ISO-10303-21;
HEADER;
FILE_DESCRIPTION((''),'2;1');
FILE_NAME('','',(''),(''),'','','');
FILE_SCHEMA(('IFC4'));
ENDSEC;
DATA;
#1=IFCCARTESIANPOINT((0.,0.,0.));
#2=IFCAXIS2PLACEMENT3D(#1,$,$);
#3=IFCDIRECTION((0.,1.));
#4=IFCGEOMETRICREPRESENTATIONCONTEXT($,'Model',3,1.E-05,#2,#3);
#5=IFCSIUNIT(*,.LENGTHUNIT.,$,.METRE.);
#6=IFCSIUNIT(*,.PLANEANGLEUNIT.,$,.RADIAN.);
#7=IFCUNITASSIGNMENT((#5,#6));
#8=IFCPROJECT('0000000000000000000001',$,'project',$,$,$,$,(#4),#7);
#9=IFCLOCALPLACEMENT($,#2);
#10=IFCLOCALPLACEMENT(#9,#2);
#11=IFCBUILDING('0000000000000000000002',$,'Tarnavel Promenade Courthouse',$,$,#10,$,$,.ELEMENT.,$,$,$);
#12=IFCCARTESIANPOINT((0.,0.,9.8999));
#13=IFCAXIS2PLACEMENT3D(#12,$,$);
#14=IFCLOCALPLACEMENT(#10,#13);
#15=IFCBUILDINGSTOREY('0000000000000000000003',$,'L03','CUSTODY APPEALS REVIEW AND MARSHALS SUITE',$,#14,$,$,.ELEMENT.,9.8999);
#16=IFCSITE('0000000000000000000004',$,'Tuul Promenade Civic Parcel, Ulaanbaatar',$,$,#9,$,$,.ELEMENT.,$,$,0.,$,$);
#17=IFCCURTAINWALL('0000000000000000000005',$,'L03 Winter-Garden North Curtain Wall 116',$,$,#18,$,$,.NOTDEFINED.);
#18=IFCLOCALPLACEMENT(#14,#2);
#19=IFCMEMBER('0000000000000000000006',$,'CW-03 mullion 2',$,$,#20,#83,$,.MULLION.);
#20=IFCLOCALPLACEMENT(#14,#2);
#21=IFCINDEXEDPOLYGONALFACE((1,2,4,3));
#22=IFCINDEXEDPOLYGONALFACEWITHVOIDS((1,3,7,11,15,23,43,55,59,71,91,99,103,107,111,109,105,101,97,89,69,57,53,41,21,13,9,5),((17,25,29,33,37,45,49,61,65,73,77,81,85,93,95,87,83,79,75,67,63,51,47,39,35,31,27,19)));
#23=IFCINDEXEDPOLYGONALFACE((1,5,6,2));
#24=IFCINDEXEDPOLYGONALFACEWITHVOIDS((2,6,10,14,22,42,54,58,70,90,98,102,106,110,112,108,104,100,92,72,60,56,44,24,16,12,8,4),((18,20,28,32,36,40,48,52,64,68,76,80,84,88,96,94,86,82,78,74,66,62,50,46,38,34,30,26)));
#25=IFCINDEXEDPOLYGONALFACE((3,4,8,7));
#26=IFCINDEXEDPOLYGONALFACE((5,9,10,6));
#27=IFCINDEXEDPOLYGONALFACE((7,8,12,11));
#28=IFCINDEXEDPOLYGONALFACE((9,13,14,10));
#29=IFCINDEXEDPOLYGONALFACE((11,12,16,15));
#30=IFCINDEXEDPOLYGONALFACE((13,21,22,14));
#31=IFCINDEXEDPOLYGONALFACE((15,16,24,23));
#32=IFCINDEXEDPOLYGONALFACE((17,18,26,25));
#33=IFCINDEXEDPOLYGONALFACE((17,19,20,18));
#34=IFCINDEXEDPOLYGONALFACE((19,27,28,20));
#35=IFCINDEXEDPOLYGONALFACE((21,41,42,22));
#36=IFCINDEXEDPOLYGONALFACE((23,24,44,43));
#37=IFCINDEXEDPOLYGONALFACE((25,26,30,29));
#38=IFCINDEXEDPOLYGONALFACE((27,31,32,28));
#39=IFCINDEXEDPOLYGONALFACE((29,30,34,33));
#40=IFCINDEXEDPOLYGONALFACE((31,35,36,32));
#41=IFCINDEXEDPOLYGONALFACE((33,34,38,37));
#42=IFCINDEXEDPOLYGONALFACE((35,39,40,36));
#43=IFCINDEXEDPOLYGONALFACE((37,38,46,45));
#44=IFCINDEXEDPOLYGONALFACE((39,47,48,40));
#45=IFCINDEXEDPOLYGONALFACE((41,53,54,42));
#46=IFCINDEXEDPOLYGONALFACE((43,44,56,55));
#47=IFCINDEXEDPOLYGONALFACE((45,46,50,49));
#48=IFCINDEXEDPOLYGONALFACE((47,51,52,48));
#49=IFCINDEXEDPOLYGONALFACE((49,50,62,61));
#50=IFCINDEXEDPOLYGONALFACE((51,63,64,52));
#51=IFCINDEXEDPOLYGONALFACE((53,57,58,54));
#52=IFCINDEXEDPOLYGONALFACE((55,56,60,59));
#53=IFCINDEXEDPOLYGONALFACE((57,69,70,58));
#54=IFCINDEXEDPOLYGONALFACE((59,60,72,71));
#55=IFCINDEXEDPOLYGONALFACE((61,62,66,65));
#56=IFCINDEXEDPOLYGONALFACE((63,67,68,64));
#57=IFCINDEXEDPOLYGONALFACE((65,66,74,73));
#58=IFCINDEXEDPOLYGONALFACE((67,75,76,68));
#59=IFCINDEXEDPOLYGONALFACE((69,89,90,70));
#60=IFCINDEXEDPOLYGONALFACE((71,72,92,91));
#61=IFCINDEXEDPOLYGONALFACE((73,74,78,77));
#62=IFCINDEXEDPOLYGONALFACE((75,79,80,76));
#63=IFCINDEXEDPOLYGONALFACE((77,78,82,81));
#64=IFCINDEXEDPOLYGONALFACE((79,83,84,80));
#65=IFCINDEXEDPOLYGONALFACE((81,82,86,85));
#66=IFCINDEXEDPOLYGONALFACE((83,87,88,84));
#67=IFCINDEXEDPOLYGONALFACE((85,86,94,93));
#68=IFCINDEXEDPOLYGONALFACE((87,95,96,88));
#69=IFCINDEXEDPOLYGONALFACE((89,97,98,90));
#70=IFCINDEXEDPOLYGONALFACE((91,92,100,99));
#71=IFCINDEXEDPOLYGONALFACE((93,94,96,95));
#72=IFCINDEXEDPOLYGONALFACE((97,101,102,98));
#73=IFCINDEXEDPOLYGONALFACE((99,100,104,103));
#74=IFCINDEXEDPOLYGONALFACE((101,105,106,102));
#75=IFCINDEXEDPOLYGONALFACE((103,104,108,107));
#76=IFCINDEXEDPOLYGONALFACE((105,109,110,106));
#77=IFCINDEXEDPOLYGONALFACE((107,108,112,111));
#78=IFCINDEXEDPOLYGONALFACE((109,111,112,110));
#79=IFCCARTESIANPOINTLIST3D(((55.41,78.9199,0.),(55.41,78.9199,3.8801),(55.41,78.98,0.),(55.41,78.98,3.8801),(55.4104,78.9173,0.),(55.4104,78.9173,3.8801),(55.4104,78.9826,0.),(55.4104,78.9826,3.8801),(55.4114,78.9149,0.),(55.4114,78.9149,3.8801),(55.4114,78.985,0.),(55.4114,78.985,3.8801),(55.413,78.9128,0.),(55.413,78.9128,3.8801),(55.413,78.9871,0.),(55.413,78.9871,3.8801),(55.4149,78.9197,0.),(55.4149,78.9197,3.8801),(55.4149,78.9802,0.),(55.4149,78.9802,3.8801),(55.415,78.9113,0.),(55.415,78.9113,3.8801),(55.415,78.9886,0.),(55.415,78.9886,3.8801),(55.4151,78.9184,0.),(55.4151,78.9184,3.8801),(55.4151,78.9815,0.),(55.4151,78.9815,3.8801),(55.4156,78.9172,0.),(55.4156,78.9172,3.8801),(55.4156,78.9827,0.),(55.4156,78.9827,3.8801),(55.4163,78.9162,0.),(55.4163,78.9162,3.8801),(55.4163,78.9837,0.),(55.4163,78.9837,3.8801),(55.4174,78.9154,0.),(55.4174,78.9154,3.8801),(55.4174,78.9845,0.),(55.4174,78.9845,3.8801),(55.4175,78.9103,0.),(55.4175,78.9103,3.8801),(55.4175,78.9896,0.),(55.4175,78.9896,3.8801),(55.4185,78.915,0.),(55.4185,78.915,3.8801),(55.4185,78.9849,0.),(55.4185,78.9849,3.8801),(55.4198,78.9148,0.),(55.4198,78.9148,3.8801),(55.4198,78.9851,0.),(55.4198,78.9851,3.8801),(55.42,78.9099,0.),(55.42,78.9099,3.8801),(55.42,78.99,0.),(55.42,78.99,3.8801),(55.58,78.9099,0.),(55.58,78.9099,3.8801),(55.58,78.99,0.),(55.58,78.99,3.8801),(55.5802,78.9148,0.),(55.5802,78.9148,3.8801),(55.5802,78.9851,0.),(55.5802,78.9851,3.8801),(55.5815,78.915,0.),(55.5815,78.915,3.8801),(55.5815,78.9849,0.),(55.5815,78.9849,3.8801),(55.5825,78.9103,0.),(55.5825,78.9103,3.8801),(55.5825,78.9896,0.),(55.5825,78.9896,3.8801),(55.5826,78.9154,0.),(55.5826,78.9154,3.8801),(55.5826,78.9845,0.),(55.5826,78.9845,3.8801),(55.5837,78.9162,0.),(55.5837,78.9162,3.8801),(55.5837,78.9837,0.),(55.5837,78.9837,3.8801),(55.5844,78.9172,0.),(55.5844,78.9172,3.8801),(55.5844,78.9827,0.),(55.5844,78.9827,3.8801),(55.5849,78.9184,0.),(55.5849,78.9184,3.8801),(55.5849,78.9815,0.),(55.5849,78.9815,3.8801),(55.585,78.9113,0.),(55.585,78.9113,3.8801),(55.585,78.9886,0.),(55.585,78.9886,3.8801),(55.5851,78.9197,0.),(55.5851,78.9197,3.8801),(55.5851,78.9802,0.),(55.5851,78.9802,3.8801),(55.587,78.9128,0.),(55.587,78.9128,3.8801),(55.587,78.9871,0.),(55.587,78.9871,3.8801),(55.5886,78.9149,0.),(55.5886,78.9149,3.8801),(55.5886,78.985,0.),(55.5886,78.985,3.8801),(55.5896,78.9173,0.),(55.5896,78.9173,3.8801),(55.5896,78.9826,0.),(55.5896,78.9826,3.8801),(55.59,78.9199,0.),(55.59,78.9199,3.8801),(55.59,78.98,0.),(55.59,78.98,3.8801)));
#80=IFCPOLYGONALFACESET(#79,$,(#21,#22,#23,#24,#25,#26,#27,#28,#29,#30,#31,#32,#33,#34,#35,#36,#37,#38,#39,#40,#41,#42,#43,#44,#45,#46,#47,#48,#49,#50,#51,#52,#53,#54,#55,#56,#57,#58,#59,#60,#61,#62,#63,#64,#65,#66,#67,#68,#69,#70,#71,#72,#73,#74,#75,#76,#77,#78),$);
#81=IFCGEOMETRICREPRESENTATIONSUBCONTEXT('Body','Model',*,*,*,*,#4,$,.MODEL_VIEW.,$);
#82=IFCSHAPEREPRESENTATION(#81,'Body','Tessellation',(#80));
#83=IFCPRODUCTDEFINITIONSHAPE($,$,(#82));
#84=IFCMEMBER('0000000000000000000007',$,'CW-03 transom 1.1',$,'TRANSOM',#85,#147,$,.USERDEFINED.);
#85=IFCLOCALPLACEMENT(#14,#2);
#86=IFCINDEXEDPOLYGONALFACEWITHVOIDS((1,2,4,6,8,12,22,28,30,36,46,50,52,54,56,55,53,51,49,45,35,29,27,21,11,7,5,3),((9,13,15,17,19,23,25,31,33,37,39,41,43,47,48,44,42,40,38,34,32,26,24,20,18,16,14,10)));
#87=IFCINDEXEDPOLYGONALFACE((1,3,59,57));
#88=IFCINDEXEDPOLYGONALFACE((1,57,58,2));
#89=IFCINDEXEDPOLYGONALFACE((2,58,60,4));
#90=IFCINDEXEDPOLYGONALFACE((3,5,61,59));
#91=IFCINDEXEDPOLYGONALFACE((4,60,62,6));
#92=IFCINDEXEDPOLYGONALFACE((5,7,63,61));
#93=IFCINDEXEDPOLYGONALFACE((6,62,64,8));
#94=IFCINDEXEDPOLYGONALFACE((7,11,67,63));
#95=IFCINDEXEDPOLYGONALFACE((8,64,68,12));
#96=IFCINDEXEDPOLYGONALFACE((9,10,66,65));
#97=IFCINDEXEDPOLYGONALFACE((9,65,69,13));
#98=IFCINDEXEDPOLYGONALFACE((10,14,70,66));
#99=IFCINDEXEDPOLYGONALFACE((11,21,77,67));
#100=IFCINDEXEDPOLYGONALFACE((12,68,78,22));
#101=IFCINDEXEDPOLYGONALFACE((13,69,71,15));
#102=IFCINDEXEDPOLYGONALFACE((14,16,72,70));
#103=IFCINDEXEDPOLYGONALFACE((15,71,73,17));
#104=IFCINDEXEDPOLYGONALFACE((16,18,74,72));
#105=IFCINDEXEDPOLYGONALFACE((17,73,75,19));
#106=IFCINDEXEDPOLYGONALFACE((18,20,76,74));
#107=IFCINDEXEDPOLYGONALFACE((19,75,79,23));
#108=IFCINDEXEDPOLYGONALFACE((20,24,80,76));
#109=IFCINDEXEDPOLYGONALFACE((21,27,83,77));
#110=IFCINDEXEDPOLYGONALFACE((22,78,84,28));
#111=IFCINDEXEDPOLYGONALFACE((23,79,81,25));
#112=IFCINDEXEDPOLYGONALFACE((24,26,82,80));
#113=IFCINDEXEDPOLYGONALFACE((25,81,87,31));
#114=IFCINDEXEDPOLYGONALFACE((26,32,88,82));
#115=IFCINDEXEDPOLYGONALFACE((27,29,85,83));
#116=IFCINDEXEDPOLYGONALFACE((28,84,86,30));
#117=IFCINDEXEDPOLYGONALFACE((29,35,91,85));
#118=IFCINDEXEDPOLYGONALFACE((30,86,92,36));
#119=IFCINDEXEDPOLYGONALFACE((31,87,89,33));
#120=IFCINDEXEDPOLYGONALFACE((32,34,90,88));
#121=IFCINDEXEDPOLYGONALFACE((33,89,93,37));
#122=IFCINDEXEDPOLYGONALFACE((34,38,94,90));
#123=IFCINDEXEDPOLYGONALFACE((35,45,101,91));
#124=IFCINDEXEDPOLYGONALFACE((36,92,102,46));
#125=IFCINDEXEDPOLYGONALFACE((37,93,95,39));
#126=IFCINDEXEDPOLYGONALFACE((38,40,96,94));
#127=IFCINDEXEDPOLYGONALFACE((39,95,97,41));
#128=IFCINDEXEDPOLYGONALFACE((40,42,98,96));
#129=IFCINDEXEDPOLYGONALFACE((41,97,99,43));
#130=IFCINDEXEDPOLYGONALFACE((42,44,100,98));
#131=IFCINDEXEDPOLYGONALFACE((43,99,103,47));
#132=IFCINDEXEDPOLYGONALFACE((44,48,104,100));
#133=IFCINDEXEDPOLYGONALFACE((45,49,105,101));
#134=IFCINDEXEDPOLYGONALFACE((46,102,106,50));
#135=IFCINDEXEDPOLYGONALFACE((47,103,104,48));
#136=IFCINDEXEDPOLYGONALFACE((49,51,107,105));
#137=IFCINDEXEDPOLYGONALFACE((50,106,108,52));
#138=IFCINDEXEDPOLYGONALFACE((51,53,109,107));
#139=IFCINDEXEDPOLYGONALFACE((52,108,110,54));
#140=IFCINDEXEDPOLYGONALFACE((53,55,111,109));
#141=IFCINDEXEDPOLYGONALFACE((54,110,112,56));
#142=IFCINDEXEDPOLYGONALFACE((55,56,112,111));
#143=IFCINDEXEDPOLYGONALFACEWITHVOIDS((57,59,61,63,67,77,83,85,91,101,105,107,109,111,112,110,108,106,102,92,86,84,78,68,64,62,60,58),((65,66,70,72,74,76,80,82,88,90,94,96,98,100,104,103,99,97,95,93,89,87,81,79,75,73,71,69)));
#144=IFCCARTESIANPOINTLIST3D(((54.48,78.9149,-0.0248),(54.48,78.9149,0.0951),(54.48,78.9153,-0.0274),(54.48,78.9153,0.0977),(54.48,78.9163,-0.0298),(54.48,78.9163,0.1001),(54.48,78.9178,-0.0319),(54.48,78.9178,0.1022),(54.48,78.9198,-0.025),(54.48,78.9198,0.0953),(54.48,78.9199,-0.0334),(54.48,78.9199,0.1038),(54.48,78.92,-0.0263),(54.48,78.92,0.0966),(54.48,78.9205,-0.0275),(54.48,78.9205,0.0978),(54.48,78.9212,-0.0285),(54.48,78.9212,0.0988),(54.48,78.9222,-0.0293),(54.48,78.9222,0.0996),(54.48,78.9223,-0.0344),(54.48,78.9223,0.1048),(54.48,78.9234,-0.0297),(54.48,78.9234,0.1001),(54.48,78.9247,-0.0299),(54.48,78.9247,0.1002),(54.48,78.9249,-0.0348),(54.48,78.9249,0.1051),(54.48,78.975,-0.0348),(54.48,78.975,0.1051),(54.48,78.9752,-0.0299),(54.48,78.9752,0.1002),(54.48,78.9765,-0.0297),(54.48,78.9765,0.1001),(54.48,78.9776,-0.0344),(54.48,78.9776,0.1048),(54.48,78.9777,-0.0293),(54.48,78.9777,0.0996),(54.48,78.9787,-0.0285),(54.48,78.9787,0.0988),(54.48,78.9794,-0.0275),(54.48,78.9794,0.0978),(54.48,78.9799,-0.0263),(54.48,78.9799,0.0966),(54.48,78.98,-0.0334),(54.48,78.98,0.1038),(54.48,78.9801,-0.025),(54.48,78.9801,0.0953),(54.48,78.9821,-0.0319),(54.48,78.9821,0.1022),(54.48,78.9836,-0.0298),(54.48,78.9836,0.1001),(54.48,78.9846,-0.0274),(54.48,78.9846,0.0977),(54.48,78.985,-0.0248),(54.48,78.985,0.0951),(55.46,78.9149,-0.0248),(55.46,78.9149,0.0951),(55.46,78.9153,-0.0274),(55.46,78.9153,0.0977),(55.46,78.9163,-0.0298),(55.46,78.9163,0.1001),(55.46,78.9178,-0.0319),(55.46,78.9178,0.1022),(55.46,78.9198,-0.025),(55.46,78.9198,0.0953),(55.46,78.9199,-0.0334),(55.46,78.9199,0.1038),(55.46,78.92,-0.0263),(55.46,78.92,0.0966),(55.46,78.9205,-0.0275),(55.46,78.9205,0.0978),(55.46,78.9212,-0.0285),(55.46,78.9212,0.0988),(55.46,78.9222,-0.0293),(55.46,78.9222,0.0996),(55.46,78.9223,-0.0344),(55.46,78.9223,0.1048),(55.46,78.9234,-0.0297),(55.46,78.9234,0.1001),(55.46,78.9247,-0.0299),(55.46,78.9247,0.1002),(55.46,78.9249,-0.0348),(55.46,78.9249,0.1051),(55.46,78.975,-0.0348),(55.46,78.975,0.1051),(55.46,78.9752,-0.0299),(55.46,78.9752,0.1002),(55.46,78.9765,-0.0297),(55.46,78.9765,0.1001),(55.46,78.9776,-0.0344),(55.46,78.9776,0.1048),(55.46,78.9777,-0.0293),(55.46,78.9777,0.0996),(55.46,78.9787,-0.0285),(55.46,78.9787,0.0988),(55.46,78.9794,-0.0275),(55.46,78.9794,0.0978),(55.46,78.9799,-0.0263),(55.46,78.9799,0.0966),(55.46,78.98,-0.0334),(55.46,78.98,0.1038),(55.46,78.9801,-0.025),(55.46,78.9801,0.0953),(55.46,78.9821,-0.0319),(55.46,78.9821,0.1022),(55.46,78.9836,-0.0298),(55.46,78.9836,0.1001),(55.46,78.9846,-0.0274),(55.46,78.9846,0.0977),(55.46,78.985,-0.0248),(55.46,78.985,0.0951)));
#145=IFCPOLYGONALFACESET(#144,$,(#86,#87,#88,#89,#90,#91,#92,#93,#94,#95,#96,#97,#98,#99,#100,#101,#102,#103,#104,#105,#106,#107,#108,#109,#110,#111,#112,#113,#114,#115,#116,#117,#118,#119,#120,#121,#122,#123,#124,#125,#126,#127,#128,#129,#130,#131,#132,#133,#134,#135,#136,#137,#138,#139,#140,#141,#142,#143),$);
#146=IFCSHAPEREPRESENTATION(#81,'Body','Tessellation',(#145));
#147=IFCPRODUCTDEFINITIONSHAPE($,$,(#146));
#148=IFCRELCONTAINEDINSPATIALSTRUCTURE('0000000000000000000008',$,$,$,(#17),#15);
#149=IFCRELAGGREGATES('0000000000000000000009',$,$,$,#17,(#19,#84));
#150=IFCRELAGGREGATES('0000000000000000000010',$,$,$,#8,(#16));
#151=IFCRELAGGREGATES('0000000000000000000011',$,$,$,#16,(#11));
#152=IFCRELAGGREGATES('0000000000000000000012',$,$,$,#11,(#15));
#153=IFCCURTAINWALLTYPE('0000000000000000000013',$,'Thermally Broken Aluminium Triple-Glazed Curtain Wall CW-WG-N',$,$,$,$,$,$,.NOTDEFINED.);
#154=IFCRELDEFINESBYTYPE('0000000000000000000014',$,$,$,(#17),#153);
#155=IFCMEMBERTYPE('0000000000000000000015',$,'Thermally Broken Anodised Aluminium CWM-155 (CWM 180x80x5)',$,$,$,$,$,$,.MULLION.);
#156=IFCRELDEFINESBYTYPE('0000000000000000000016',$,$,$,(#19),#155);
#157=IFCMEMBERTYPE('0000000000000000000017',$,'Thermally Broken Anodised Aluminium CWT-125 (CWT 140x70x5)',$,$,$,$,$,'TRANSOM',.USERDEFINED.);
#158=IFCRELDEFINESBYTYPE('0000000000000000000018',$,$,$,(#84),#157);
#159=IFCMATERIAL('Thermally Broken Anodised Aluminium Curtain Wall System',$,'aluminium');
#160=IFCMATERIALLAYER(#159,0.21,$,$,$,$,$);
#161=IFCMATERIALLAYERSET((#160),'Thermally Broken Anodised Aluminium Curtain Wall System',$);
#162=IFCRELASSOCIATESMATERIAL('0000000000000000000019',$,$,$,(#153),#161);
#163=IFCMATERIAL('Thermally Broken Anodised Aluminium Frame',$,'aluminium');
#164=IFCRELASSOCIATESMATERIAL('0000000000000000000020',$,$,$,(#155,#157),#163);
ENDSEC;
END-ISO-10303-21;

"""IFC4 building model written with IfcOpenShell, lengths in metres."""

from ifc_helpers import new_model, si_unit, direction, frame, origin, origin_2d, place, context, subcontext, project, spatial, hollow_rectangle, extrude, material, layer, layer_set, material_profile, profile_set, type_object, element, aggregate, save


model = new_model("IFC4")

# Units and contexts
model_context = context("Model", 3, precision=1e-05, world=origin(), true_north=direction((0.0, 1.0)))
body_context = subcontext(model_context, "Body", "Model", "MODEL_VIEW")
ifc_project = project(units=[si_unit("LENGTHUNIT", "METRE"), si_unit("PLANEANGLEUNIT", "RADIAN")], contexts=[model_context])

# Site, building, storey
site_placement = place(None, origin())
site = spatial("IfcSite", under=ifc_project, at=site_placement, Name="Tuul Promenade Civic Parcel, Ulaanbaatar", CompositionType="ELEMENT", RefElevation=0.0)
building_placement = place(site_placement, origin())
building = spatial("IfcBuilding", under=site, at=building_placement, Name="Tarnavel Promenade Courthouse", CompositionType="ELEMENT")
storey_placement = place(building_placement, frame((0.0, 0.0, 9.8999)))
storey = spatial("IfcBuildingStorey", under=building, at=storey_placement, Name="L03", Description="CUSTODY APPEALS REVIEW AND MARSHALS SUITE", CompositionType="ELEMENT", Elevation=9.8999)

# Shared definitions
ifc_material_1 = material(Name="Thermally Broken Anodised Aluminium Curtain Wall System", Category="aluminium")
ifc_layer_1 = layer(ifc_material_1, 0.21)
ifc_layer_set_1 = layer_set([ifc_layer_1], Name="Thermally Broken Anodised Aluminium Curtain Wall System")
curtain_wall_type = type_object("IfcCurtainWallType", Name="Thermally Broken Aluminium Triple-Glazed Curtain Wall CW-WG-N", PredefinedType="NOTDEFINED", material=ifc_layer_set_1)
ifc_material_2 = material(Name="Thermally Broken Anodised Aluminium Frame", Category="aluminium")
ifc_material_profile_1 = material_profile(ifc_material_2, hollow_rectangle(XDim=0.0801, YDim=0.1799, WallThickness=0.0049, InnerFilletRadius=0.0049, OuterFilletRadius=0.01, at=origin_2d()), Name="CWM 180x80x5")
ifc_profile_set_1 = profile_set([ifc_material_profile_1], Name="Thermally Broken Anodised Aluminium Frame")
member_type_1 = type_object("IfcMemberType", Name="Thermally Broken Anodised Aluminium CWM-155 (CWM 180x80x5)", PredefinedType="MULLION", material=ifc_profile_set_1)

# Curtain wall, members
curtain_wall_1_placement = place(storey_placement, origin())
curtain_wall_1 = element("IfcCurtainWall", 1, at=curtain_wall_1_placement, inside=storey, type_object=curtain_wall_type, Name="L03 Winter-Garden North Curtain Wall 116", PredefinedType="NOTDEFINED")
member_1_placement = place(storey_placement, frame((55.5, 78.95, 0.0), z_axis=(0.0, 0.0, 1.0), x_axis=(0.0, 1.0, 0.0)))
member_1 = element("IfcMember", 2, at=member_1_placement, type_object=member_type_1, Name="CW-03 mullion 2", PredefinedType="MULLION", context=body_context, shape_type="SweptSolid", body=[
    extrude(hollow_rectangle(XDim=0.0801, YDim=0.1799, WallThickness=0.0049, InnerFilletRadius=0.0049, OuterFilletRadius=0.01, at=origin_2d()), origin(), (0.0, 0.0, 1.0), 3.8801),
])
ifc_material_profile_2 = material_profile(ifc_material_2, hollow_rectangle(XDim=0.0701, YDim=0.1399, WallThickness=0.0049, InnerFilletRadius=0.0049, OuterFilletRadius=0.01, at=origin_2d()), Name="CWT 140x70x5")
ifc_profile_set_2 = profile_set([ifc_material_profile_2], Name="Thermally Broken Anodised Aluminium Frame")
member_type_2 = type_object("IfcMemberType", Name="Thermally Broken Anodised Aluminium CWT-125 (CWT 140x70x5)", ElementType="TRANSOM", PredefinedType="USERDEFINED", material=ifc_profile_set_2)
member_2_placement = place(storey_placement, frame((54.48, 78.95, 0.0352), z_axis=(1.0, 0.0, 0.0), x_axis=(0.0, 1.0, 0.0)))
member_2 = element("IfcMember", 3, at=member_2_placement, type_object=member_type_2, Name="CW-03 transom 1.1", ObjectType="TRANSOM", PredefinedType="USERDEFINED", context=body_context, shape_type="SweptSolid", body=[
    extrude(hollow_rectangle(XDim=0.0701, YDim=0.1399, WallThickness=0.0049, InnerFilletRadius=0.0049, OuterFilletRadius=0.01, at=origin_2d()), origin(), (0.0, 0.0, 1.0), 0.98),
])

aggregate(curtain_wall_1, [member_1, member_2])

save(model, "model.ifc")
